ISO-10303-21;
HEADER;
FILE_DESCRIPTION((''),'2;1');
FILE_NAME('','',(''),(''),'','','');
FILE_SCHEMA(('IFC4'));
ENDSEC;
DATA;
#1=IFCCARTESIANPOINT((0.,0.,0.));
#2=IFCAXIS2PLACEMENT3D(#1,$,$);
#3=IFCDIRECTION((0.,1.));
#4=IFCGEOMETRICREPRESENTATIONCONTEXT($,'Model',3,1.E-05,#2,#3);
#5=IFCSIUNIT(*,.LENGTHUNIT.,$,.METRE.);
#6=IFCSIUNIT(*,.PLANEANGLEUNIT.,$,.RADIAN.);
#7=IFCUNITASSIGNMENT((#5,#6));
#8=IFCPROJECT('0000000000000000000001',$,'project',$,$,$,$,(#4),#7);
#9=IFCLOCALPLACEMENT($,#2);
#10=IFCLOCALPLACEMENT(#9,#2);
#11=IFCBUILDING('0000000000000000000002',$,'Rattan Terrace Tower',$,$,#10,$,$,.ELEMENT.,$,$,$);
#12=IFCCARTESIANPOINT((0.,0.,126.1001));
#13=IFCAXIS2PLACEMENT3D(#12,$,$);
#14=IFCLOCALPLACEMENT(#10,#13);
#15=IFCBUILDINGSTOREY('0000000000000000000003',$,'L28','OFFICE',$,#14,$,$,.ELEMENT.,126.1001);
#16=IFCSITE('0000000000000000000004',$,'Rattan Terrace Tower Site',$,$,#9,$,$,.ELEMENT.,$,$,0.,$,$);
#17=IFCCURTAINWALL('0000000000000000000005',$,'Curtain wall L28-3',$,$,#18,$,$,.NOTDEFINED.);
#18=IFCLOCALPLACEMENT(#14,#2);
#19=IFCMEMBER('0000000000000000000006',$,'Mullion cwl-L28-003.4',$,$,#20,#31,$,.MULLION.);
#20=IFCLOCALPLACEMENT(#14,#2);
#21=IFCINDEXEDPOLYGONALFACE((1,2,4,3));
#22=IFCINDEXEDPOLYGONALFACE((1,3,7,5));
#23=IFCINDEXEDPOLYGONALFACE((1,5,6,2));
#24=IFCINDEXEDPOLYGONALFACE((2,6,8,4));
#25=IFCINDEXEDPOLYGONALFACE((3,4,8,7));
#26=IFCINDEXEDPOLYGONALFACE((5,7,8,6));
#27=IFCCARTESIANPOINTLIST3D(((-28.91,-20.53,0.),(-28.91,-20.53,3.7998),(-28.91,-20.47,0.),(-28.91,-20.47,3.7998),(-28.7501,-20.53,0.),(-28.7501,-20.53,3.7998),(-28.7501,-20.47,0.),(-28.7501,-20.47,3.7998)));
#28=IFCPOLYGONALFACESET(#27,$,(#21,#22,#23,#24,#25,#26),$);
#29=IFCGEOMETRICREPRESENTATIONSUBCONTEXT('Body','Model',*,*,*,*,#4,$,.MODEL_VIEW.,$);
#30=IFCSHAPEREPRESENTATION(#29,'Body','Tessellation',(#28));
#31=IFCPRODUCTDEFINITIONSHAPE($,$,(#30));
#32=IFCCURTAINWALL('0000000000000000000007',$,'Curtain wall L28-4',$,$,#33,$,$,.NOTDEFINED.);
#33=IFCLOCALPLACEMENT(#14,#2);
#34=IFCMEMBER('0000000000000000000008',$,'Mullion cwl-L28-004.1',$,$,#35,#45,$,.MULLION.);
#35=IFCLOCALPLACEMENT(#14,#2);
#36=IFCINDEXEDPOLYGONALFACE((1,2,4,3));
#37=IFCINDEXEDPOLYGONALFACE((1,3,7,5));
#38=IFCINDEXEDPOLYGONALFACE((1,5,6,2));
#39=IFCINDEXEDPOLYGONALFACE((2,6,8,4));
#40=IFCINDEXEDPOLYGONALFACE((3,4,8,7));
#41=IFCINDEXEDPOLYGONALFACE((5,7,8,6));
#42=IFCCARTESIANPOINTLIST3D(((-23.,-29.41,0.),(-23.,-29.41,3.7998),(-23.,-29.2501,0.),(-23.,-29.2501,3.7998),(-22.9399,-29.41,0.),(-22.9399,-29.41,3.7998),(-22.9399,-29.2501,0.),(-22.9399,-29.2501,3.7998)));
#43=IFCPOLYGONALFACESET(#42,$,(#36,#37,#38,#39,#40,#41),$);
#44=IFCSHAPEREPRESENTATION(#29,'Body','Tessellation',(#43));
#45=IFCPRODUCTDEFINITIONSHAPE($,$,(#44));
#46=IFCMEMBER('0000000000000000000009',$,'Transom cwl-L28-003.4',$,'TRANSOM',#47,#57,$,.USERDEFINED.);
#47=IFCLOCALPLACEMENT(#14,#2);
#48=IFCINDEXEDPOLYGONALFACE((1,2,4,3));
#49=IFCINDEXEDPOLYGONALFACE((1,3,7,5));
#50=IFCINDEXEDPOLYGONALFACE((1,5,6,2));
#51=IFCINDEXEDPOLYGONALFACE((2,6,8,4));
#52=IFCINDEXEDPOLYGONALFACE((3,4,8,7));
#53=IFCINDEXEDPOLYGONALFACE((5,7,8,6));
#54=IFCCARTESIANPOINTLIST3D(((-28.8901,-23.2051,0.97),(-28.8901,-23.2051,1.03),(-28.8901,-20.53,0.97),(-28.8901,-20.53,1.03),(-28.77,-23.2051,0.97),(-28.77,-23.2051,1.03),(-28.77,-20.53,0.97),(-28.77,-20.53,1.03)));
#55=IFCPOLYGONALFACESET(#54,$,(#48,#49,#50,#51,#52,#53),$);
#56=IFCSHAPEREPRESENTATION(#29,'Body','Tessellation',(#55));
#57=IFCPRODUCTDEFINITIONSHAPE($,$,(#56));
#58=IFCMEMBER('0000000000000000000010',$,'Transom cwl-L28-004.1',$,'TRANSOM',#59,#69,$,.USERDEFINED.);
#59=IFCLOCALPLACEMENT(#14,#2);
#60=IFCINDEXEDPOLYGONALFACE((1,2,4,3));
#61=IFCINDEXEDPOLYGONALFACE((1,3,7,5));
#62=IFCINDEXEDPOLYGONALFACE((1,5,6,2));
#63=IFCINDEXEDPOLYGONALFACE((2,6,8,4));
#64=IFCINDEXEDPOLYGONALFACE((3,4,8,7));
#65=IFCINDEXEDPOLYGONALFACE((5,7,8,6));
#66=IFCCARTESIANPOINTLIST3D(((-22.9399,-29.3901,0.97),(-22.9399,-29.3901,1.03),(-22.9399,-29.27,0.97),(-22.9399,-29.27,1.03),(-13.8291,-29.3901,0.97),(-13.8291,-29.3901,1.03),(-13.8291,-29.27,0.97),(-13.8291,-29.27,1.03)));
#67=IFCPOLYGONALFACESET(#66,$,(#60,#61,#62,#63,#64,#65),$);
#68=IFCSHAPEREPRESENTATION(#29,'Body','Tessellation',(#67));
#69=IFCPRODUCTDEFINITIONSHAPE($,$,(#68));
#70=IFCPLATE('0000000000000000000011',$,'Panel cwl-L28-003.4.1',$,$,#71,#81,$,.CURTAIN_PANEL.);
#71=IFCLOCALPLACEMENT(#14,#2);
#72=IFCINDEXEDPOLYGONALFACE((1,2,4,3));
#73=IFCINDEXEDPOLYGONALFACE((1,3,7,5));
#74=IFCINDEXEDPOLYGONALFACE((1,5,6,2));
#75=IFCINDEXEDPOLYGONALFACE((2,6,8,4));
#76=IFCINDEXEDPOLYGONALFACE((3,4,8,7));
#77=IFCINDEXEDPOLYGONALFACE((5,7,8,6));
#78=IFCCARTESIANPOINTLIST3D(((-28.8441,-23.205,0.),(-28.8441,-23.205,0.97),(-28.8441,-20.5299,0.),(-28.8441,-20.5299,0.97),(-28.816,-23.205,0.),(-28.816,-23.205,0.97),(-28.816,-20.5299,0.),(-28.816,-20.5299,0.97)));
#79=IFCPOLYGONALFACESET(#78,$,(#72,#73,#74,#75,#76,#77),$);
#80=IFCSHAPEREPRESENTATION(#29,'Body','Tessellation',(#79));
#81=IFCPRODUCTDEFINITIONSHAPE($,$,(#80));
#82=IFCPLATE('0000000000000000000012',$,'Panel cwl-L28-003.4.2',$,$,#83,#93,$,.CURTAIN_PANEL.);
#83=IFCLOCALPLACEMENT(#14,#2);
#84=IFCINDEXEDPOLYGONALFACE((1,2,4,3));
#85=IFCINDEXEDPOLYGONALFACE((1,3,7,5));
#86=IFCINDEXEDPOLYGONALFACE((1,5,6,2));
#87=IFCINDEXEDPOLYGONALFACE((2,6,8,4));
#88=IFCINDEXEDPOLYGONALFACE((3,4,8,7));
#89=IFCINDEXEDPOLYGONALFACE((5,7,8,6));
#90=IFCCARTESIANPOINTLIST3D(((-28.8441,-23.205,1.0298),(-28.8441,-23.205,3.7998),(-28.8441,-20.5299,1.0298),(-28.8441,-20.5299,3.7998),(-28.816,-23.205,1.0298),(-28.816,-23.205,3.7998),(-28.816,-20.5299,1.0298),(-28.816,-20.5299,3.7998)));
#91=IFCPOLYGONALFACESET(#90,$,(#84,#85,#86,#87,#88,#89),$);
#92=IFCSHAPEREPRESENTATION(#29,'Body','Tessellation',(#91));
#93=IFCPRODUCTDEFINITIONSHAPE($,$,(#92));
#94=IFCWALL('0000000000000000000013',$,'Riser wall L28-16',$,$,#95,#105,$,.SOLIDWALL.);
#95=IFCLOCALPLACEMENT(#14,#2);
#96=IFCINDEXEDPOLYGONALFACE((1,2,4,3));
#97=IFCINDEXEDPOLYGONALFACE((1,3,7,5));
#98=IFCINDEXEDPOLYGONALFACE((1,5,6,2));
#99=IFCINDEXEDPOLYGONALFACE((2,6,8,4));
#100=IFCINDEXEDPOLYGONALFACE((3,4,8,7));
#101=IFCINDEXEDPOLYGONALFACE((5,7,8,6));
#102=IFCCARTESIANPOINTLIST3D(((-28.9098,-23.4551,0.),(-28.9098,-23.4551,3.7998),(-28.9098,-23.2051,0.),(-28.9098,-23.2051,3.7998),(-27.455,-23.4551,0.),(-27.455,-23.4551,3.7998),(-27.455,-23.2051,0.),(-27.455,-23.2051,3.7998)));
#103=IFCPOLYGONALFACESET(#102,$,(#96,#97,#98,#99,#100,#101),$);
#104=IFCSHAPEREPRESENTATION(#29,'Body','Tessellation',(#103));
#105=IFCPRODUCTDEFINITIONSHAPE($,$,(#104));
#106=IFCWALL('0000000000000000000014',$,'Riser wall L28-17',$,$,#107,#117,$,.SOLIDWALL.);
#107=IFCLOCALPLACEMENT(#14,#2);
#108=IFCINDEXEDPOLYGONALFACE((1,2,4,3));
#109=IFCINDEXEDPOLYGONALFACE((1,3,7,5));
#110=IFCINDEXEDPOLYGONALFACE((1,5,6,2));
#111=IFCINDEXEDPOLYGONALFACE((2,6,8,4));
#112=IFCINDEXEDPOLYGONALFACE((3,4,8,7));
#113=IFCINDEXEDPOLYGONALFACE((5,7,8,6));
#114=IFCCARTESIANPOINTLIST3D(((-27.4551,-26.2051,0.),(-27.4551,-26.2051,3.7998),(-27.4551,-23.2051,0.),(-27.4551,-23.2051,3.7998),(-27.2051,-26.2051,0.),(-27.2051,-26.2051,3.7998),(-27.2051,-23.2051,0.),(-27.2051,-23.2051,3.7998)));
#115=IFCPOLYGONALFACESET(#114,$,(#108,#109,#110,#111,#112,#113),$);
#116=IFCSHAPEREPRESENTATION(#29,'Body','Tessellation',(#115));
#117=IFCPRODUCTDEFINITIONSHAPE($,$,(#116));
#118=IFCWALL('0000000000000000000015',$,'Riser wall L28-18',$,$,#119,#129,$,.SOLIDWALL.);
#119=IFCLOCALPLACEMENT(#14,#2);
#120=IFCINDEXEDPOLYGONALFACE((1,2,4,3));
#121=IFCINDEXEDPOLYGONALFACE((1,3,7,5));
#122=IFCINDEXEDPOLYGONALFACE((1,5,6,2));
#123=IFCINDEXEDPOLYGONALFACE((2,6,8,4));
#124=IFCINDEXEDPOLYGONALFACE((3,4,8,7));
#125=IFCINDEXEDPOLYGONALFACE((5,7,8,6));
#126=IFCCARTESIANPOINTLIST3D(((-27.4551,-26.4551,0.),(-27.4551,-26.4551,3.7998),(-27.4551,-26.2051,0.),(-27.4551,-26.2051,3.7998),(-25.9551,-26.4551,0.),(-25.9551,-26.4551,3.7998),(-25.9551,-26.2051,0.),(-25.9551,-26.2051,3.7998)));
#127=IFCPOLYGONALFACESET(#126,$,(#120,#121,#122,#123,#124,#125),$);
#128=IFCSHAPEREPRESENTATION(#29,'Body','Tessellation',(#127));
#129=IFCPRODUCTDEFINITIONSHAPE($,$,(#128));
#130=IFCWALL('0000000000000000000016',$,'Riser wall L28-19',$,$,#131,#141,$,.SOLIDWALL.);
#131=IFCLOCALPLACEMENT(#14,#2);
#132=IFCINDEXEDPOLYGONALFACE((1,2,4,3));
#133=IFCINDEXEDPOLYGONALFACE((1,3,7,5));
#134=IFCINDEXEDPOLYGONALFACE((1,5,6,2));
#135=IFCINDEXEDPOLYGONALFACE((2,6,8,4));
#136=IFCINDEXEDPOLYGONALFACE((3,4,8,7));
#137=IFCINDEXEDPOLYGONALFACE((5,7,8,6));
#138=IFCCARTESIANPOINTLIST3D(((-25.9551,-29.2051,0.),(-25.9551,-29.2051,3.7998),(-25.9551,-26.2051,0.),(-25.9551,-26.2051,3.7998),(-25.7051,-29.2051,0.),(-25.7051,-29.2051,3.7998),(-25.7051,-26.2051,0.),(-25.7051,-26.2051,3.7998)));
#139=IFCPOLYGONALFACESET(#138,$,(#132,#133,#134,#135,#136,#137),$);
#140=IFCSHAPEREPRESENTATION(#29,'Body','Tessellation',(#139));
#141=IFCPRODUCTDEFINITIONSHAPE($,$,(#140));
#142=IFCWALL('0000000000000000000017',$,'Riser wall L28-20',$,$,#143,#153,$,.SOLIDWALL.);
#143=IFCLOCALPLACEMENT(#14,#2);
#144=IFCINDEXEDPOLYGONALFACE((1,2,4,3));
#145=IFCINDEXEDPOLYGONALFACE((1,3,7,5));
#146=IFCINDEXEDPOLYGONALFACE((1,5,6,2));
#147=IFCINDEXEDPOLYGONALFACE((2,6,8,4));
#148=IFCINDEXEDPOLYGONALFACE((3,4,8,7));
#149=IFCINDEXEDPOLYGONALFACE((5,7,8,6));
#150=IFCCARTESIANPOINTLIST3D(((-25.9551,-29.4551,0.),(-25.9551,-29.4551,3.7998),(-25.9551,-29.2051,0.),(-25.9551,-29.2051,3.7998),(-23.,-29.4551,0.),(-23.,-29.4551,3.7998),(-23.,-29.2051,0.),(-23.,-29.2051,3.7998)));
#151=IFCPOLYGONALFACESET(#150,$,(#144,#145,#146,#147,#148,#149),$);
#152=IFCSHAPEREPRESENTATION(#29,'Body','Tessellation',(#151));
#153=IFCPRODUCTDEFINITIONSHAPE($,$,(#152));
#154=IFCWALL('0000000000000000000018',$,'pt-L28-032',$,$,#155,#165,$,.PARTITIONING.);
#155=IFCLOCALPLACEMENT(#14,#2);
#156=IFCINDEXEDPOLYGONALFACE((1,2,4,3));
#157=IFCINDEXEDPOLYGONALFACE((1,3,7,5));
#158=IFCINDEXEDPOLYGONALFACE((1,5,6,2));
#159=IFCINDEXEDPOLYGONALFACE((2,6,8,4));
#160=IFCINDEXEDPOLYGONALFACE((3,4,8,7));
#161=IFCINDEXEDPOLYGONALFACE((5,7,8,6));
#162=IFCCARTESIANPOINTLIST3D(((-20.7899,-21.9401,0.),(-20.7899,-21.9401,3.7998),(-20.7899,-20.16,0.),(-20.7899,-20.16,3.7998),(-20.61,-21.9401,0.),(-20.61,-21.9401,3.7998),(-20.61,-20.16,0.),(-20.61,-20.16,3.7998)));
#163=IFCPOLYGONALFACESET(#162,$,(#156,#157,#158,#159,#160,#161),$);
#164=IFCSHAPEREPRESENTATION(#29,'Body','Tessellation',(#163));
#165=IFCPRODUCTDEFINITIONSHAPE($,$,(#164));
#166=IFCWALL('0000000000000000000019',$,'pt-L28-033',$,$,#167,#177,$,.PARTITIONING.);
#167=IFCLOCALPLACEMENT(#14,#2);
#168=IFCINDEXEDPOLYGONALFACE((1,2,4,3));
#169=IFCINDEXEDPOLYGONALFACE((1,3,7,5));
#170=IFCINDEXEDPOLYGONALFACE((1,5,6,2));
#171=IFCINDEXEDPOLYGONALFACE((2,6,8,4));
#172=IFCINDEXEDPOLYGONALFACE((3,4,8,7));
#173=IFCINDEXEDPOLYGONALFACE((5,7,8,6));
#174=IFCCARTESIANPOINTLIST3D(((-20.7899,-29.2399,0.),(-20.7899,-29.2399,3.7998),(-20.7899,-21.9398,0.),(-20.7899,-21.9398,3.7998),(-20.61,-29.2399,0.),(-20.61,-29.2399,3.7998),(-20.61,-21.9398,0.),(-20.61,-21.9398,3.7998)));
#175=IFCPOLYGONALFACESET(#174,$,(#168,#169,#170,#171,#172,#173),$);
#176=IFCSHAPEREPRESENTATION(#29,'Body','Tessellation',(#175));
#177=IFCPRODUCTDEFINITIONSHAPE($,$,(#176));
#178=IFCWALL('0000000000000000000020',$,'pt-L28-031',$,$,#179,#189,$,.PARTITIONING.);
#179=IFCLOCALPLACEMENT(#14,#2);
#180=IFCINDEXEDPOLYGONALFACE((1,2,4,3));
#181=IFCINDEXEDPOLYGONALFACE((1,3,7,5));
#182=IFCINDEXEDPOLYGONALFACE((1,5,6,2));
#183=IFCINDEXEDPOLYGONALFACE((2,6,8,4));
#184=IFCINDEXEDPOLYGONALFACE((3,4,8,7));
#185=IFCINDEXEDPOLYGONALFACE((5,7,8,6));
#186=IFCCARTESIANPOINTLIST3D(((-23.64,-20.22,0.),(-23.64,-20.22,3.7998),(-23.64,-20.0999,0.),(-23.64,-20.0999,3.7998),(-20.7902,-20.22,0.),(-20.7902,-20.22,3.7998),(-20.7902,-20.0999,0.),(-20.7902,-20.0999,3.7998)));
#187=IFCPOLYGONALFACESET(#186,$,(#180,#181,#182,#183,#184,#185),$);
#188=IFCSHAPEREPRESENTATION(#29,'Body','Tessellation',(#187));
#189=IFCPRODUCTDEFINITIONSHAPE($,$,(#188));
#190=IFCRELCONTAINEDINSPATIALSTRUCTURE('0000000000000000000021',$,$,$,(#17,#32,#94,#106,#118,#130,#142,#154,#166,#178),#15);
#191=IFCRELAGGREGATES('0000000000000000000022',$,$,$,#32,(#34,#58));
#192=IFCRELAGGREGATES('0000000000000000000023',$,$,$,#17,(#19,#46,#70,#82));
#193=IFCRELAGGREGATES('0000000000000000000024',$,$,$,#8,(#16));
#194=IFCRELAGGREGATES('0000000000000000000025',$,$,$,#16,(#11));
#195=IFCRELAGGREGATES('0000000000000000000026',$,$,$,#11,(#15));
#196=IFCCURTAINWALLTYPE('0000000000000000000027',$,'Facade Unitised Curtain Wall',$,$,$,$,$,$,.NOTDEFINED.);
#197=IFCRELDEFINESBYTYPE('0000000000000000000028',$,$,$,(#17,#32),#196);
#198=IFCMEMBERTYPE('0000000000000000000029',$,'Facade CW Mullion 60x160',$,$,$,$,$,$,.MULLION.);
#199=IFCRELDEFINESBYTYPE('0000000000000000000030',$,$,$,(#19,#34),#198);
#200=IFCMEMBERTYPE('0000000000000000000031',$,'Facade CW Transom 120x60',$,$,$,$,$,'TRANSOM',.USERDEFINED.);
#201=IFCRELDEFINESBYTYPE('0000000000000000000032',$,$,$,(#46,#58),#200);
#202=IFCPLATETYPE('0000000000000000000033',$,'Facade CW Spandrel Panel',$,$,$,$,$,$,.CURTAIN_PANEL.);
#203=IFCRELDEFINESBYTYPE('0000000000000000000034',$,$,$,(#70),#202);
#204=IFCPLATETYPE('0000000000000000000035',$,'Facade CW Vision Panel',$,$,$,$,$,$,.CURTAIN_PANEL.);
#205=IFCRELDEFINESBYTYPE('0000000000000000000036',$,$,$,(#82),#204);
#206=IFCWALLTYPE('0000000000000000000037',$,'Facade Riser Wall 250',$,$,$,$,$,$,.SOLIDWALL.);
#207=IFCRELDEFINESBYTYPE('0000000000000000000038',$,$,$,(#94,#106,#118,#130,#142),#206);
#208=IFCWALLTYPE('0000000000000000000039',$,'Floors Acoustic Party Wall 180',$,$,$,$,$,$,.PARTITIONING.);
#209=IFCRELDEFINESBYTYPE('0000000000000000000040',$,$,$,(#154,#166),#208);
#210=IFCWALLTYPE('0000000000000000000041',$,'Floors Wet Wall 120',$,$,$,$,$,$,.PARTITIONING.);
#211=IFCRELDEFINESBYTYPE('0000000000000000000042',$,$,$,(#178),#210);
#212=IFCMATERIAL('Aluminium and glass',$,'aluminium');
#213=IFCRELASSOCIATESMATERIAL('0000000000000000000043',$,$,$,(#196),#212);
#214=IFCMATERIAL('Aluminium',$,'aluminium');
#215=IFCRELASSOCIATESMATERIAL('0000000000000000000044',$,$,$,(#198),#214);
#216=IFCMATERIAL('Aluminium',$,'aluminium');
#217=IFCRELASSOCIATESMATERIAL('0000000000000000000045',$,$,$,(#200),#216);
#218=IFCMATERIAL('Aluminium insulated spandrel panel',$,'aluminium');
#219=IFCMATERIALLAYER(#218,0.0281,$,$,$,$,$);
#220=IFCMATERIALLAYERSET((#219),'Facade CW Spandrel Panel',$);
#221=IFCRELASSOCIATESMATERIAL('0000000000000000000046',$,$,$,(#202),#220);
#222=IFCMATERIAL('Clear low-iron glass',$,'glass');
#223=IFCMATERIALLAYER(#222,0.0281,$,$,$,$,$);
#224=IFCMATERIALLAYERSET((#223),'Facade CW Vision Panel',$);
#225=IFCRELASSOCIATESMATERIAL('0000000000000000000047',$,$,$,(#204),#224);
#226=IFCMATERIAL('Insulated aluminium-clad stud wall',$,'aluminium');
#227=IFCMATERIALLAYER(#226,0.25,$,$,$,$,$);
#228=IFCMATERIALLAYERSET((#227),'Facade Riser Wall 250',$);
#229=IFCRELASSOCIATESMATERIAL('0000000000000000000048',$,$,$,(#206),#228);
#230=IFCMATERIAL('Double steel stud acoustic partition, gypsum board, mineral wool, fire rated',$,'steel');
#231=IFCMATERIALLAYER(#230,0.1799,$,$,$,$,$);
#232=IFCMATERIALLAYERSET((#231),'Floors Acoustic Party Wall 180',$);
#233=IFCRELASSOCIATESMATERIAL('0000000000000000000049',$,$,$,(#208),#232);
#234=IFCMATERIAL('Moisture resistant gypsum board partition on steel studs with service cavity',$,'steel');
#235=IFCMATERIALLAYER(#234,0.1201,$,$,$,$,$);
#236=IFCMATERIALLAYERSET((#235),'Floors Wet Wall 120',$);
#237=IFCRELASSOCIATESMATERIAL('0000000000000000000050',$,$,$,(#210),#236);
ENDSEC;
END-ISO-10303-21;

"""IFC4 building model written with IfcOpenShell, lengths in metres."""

from ifc_helpers import new_model, si_unit, direction, frame, frame_2d, origin, origin_2d, place, context, subcontext, project, spatial, rectangle, extrude, material, layer, layer_set, material_profile, profile_set, type_object, element, aggregate, save


model = new_model("IFC4")

# Units and contexts
model_context = context("Model", 3, precision=1e-05, world=origin(), true_north=direction((0.0, 1.0)))
body_context = subcontext(model_context, "Body", "Model", "MODEL_VIEW")
ifc_project = project(units=[si_unit("LENGTHUNIT", "METRE"), si_unit("PLANEANGLEUNIT", "RADIAN")], contexts=[model_context])

# Site, building, storey
site_placement = place(None, origin())
site = spatial("IfcSite", under=ifc_project, at=site_placement, Name="Rattan Terrace Tower Site", CompositionType="ELEMENT", RefElevation=0.0)
building_placement = place(site_placement, origin())
building = spatial("IfcBuilding", under=site, at=building_placement, Name="Rattan Terrace Tower", CompositionType="ELEMENT")
storey_placement = place(building_placement, frame((0.0, 0.0, 126.1001)))
storey = spatial("IfcBuildingStorey", under=building, at=storey_placement, Name="L28", Description="OFFICE", CompositionType="ELEMENT", Elevation=126.1001)

# Curtain walls, members
ifc_material_1 = material(Name="Aluminium and glass", Category="aluminium")
curtain_wall_type = type_object("IfcCurtainWallType", Name="Facade Unitised Curtain Wall", PredefinedType="NOTDEFINED", material=ifc_material_1)
curtain_wall_1_placement = place(storey_placement, origin())
curtain_wall_1 = element("IfcCurtainWall", 1, at=curtain_wall_1_placement, inside=storey, type_object=curtain_wall_type, Name="Curtain wall L28-3", PredefinedType="NOTDEFINED")
ifc_material_2 = material(Name="Aluminium", Category="aluminium")
ifc_material_profile_1 = material_profile(ifc_material_2, rectangle(XDim=0.0601, YDim=0.1599, at=origin_2d()), Name="Aluminium 60x160")
ifc_profile_set_1 = profile_set([ifc_material_profile_1], Name="Aluminium")
member_type_1 = type_object("IfcMemberType", Name="Facade CW Mullion 60x160", PredefinedType="MULLION", material=ifc_profile_set_1)
member_1_placement = place(storey_placement, frame((-28.8301, -20.5, 0.0), z_axis=(0.0, 0.0, 1.0), x_axis=(0.0, -1.0, 0.0)))
member_1 = element("IfcMember", 2, at=member_1_placement, type_object=member_type_1, Name="Mullion cwl-L28-003.4", PredefinedType="MULLION", context=body_context, shape_type="SweptSolid", body=[
    extrude(rectangle(XDim=0.0601, YDim=0.1599, at=origin_2d()), origin(), (0.0, 0.0, 1.0), 3.7998),
])
curtain_wall_2_placement = place(storey_placement, origin())
curtain_wall_2 = element("IfcCurtainWall", 3, at=curtain_wall_2_placement, inside=storey, type_object=curtain_wall_type, Name="Curtain wall L28-4", PredefinedType="NOTDEFINED")
member_2_placement = place(storey_placement, frame((-22.97, -29.3301, 0.0), z_axis=(0.0, 0.0, 1.0), x_axis=(1.0, 0.0, 0.0)))
member_2 = element("IfcMember", 4, at=member_2_placement, type_object=member_type_1, Name="Mullion cwl-L28-004.1", PredefinedType="MULLION", context=body_context, shape_type="SweptSolid", body=[
    extrude(rectangle(XDim=0.0601, YDim=0.1599, at=origin_2d()), origin(), (0.0, 0.0, 1.0), 3.7998),
])

# Members
ifc_material_3 = material(Name="Aluminium", Category="aluminium")
ifc_material_profile_2 = material_profile(ifc_material_3, rectangle(XDim=0.1201, YDim=0.0601, at=origin_2d()), Name="Aluminium 120x60")
ifc_profile_set_2 = profile_set([ifc_material_profile_2], Name="Aluminium")
member_type_2 = type_object("IfcMemberType", Name="Facade CW Transom 120x60", ElementType="TRANSOM", PredefinedType="USERDEFINED", material=ifc_profile_set_2)
member_3_placement = place(storey_placement, frame((-28.8301, -20.53, 1.0), z_axis=(0.0, -1.0, 0.0), x_axis=(1.0, 0.0, 0.0)))
member_3 = element("IfcMember", 5, at=member_3_placement, type_object=member_type_2, Name="Transom cwl-L28-003.4", ObjectType="TRANSOM", PredefinedType="USERDEFINED", context=body_context, shape_type="SweptSolid", body=[
    extrude(rectangle(XDim=0.1201, YDim=0.0601, at=origin_2d()), origin(), (0.0, 0.0, 1.0), 2.675),
])
member_4_placement = place(storey_placement, frame((-22.9399, -29.3301, 1.0), z_axis=(1.0, 0.0, 0.0), x_axis=(0.0, 1.0, 0.0)))
member_4 = element("IfcMember", 6, at=member_4_placement, type_object=member_type_2, Name="Transom cwl-L28-004.1", ObjectType="TRANSOM", PredefinedType="USERDEFINED", context=body_context, shape_type="SweptSolid", body=[
    extrude(rectangle(XDim=0.1201, YDim=0.0601, at=origin_2d()), origin(), (0.0, 0.0, 1.0), 9.1108),
])
aggregate(curtain_wall_2, [member_2, member_4])

# Plates
ifc_material_4 = material(Name="Aluminium insulated spandrel panel", Category="aluminium")
ifc_layer_1 = layer(ifc_material_4, 0.0281)
ifc_layer_set_1 = layer_set([ifc_layer_1], Name="Facade CW Spandrel Panel")
plate_type_1 = type_object("IfcPlateType", Name="Facade CW Spandrel Panel", PredefinedType="CURTAIN_PANEL", material=ifc_layer_set_1)
plate_1_placement = place(storey_placement, frame((-28.8301, -21.8674, 0.0), z_axis=(0.0, 0.0, 1.0), x_axis=(0.0, -1.0, 0.0)))
plate_1 = element("IfcPlate", 7, at=plate_1_placement, type_object=plate_type_1, Name="Panel cwl-L28-003.4.1", PredefinedType="CURTAIN_PANEL", context=body_context, shape_type="SweptSolid", body=[
    extrude(rectangle(XDim=2.675, YDim=0.0281, at=origin_2d()), origin(), (0.0, 0.0, 1.0), 0.97),
])
ifc_material_5 = material(Name="Clear low-iron glass", Category="glass")
ifc_layer_2 = layer(ifc_material_5, 0.0281)
ifc_layer_set_2 = layer_set([ifc_layer_2], Name="Facade CW Vision Panel")
plate_type_2 = type_object("IfcPlateType", Name="Facade CW Vision Panel", PredefinedType="CURTAIN_PANEL", material=ifc_layer_set_2)
plate_2_placement = place(storey_placement, frame((-28.8301, -21.8674, 1.0298), z_axis=(0.0, 0.0, 1.0), x_axis=(0.0, -1.0, 0.0)))
plate_2 = element("IfcPlate", 8, at=plate_2_placement, type_object=plate_type_2, Name="Panel cwl-L28-003.4.2", PredefinedType="CURTAIN_PANEL", context=body_context, shape_type="SweptSolid", body=[
    extrude(rectangle(XDim=2.675, YDim=0.0281, at=origin_2d()), origin(), (0.0, 0.0, 1.0), 2.77),
])
aggregate(curtain_wall_1, [member_1, member_3, plate_1, plate_2])

# Walls
ifc_material_6 = material(Name="Insulated aluminium-clad stud wall", Category="aluminium")
ifc_layer_3 = layer(ifc_material_6, 0.25)
ifc_layer_set_3 = layer_set([ifc_layer_3], Name="Facade Riser Wall 250")
wall_type_1 = type_object("IfcWallType", Name="Facade Riser Wall 250", PredefinedType="SOLIDWALL", material=ifc_layer_set_3)
wall_1_placement = place(storey_placement, frame((-28.9099, -23.3301, 0.0), z_axis=(0.0, 0.0, 1.0), x_axis=(1.0, 0.0, 0.0)))
element("IfcWall", 9, at=wall_1_placement, inside=storey, type_object=wall_type_1, Name="Riser wall L28-16", PredefinedType="SOLIDWALL", context=body_context, shape_type="SweptSolid", body=[
    extrude(rectangle(XDim=1.4548, YDim=0.25, at=frame_2d((0.7275, 0.0))), origin(), (0.0, 0.0, 1.0), 3.7998),
])
wall_2_placement = place(storey_placement, frame((-27.3301, -23.2051, 0.0), z_axis=(0.0, 0.0, 1.0), x_axis=(0.0, -1.0, 0.0)))
element("IfcWall", 10, at=wall_2_placement, inside=storey, type_object=wall_type_1, Name="Riser wall L28-17", PredefinedType="SOLIDWALL", context=body_context, shape_type="SweptSolid", body=[
    extrude(rectangle(XDim=3.0, YDim=0.25, at=frame_2d((1.5, 0.0))), origin(), (0.0, 0.0, 1.0), 3.7998),
])
wall_3_placement = place(storey_placement, frame((-27.4551, -26.3301, 0.0), z_axis=(0.0, 0.0, 1.0), x_axis=(1.0, 0.0, 0.0)))
element("IfcWall", 11, at=wall_3_placement, inside=storey, type_object=wall_type_1, Name="Riser wall L28-18", PredefinedType="SOLIDWALL", context=body_context, shape_type="SweptSolid", body=[
    extrude(rectangle(XDim=1.5, YDim=0.25, at=frame_2d((0.75, 0.0))), origin(), (0.0, 0.0, 1.0), 3.7998),
])
wall_4_placement = place(storey_placement, frame((-25.8301, -26.2051, 0.0), z_axis=(0.0, 0.0, 1.0), x_axis=(0.0, -1.0, 0.0)))
element("IfcWall", 12, at=wall_4_placement, inside=storey, type_object=wall_type_1, Name="Riser wall L28-19", PredefinedType="SOLIDWALL", context=body_context, shape_type="SweptSolid", body=[
    extrude(rectangle(XDim=3.0, YDim=0.25, at=frame_2d((1.5, 0.0))), origin(), (0.0, 0.0, 1.0), 3.7998),
])
wall_5_placement = place(storey_placement, frame((-25.9551, -29.3301, 0.0), z_axis=(0.0, 0.0, 1.0), x_axis=(1.0, 0.0, 0.0)))
element("IfcWall", 13, at=wall_5_placement, inside=storey, type_object=wall_type_1, Name="Riser wall L28-20", PredefinedType="SOLIDWALL", context=body_context, shape_type="SweptSolid", body=[
    extrude(rectangle(XDim=2.9551, YDim=0.25, at=frame_2d((1.4775, 0.0))), origin(), (0.0, 0.0, 1.0), 3.7998),
])
ifc_material_7 = material(Name="Double steel stud acoustic partition, gypsum board, mineral wool, fire rated", Category="steel")
ifc_layer_4 = layer(ifc_material_7, 0.1799)
ifc_layer_set_4 = layer_set([ifc_layer_4], Name="Floors Acoustic Party Wall 180")
wall_type_2 = type_object("IfcWallType", Name="Floors Acoustic Party Wall 180", PredefinedType="PARTITIONING", material=ifc_layer_set_4)
wall_6_placement = place(storey_placement, frame((-20.7, -20.1599, 0.0), z_axis=(0.0, 0.0, 1.0), x_axis=(0.0, -1.0, 0.0)))
element("IfcWall", 14, at=wall_6_placement, inside=storey, type_object=wall_type_2, Name="pt-L28-032", PredefinedType="PARTITIONING", context=body_context, shape_type="SweptSolid", body=[
    extrude(rectangle(XDim=1.78, YDim=0.1799, at=frame_2d((0.8901, 0.0))), origin(), (0.0, 0.0, 1.0), 3.7998),
])
wall_7_placement = place(storey_placement, frame((-20.7, -21.9399, 0.0), z_axis=(0.0, 0.0, 1.0), x_axis=(0.0, -1.0, 0.0)))
element("IfcWall", 15, at=wall_7_placement, inside=storey, type_object=wall_type_2, Name="pt-L28-033", PredefinedType="PARTITIONING", context=body_context, shape_type="SweptSolid", body=[
    extrude(rectangle(XDim=7.3, YDim=0.1799, at=frame_2d((3.6499, 0.0))), origin(), (0.0, 0.0, 1.0), 3.7998),
])
ifc_material_8 = material(Name="Moisture resistant gypsum board partition on steel studs with service cavity", Category="steel")
ifc_layer_5 = layer(ifc_material_8, 0.1201)
ifc_layer_set_5 = layer_set([ifc_layer_5], Name="Floors Wet Wall 120")
wall_type_3 = type_object("IfcWallType", Name="Floors Wet Wall 120", PredefinedType="PARTITIONING", material=ifc_layer_set_5)
wall_8_placement = place(storey_placement, frame((-23.6399, -20.1599, 0.0), z_axis=(0.0, 0.0, 1.0), x_axis=(1.0, 0.0, 0.0)))
element("IfcWall", 16, at=wall_8_placement, inside=storey, type_object=wall_type_3, Name="pt-L28-031", PredefinedType="PARTITIONING", context=body_context, shape_type="SweptSolid", body=[
    extrude(rectangle(XDim=2.8499, YDim=0.1201, at=frame_2d((1.4248, 0.0))), origin(), (0.0, 0.0, 1.0), 3.7998),
])

save(model, "model.ifc")
